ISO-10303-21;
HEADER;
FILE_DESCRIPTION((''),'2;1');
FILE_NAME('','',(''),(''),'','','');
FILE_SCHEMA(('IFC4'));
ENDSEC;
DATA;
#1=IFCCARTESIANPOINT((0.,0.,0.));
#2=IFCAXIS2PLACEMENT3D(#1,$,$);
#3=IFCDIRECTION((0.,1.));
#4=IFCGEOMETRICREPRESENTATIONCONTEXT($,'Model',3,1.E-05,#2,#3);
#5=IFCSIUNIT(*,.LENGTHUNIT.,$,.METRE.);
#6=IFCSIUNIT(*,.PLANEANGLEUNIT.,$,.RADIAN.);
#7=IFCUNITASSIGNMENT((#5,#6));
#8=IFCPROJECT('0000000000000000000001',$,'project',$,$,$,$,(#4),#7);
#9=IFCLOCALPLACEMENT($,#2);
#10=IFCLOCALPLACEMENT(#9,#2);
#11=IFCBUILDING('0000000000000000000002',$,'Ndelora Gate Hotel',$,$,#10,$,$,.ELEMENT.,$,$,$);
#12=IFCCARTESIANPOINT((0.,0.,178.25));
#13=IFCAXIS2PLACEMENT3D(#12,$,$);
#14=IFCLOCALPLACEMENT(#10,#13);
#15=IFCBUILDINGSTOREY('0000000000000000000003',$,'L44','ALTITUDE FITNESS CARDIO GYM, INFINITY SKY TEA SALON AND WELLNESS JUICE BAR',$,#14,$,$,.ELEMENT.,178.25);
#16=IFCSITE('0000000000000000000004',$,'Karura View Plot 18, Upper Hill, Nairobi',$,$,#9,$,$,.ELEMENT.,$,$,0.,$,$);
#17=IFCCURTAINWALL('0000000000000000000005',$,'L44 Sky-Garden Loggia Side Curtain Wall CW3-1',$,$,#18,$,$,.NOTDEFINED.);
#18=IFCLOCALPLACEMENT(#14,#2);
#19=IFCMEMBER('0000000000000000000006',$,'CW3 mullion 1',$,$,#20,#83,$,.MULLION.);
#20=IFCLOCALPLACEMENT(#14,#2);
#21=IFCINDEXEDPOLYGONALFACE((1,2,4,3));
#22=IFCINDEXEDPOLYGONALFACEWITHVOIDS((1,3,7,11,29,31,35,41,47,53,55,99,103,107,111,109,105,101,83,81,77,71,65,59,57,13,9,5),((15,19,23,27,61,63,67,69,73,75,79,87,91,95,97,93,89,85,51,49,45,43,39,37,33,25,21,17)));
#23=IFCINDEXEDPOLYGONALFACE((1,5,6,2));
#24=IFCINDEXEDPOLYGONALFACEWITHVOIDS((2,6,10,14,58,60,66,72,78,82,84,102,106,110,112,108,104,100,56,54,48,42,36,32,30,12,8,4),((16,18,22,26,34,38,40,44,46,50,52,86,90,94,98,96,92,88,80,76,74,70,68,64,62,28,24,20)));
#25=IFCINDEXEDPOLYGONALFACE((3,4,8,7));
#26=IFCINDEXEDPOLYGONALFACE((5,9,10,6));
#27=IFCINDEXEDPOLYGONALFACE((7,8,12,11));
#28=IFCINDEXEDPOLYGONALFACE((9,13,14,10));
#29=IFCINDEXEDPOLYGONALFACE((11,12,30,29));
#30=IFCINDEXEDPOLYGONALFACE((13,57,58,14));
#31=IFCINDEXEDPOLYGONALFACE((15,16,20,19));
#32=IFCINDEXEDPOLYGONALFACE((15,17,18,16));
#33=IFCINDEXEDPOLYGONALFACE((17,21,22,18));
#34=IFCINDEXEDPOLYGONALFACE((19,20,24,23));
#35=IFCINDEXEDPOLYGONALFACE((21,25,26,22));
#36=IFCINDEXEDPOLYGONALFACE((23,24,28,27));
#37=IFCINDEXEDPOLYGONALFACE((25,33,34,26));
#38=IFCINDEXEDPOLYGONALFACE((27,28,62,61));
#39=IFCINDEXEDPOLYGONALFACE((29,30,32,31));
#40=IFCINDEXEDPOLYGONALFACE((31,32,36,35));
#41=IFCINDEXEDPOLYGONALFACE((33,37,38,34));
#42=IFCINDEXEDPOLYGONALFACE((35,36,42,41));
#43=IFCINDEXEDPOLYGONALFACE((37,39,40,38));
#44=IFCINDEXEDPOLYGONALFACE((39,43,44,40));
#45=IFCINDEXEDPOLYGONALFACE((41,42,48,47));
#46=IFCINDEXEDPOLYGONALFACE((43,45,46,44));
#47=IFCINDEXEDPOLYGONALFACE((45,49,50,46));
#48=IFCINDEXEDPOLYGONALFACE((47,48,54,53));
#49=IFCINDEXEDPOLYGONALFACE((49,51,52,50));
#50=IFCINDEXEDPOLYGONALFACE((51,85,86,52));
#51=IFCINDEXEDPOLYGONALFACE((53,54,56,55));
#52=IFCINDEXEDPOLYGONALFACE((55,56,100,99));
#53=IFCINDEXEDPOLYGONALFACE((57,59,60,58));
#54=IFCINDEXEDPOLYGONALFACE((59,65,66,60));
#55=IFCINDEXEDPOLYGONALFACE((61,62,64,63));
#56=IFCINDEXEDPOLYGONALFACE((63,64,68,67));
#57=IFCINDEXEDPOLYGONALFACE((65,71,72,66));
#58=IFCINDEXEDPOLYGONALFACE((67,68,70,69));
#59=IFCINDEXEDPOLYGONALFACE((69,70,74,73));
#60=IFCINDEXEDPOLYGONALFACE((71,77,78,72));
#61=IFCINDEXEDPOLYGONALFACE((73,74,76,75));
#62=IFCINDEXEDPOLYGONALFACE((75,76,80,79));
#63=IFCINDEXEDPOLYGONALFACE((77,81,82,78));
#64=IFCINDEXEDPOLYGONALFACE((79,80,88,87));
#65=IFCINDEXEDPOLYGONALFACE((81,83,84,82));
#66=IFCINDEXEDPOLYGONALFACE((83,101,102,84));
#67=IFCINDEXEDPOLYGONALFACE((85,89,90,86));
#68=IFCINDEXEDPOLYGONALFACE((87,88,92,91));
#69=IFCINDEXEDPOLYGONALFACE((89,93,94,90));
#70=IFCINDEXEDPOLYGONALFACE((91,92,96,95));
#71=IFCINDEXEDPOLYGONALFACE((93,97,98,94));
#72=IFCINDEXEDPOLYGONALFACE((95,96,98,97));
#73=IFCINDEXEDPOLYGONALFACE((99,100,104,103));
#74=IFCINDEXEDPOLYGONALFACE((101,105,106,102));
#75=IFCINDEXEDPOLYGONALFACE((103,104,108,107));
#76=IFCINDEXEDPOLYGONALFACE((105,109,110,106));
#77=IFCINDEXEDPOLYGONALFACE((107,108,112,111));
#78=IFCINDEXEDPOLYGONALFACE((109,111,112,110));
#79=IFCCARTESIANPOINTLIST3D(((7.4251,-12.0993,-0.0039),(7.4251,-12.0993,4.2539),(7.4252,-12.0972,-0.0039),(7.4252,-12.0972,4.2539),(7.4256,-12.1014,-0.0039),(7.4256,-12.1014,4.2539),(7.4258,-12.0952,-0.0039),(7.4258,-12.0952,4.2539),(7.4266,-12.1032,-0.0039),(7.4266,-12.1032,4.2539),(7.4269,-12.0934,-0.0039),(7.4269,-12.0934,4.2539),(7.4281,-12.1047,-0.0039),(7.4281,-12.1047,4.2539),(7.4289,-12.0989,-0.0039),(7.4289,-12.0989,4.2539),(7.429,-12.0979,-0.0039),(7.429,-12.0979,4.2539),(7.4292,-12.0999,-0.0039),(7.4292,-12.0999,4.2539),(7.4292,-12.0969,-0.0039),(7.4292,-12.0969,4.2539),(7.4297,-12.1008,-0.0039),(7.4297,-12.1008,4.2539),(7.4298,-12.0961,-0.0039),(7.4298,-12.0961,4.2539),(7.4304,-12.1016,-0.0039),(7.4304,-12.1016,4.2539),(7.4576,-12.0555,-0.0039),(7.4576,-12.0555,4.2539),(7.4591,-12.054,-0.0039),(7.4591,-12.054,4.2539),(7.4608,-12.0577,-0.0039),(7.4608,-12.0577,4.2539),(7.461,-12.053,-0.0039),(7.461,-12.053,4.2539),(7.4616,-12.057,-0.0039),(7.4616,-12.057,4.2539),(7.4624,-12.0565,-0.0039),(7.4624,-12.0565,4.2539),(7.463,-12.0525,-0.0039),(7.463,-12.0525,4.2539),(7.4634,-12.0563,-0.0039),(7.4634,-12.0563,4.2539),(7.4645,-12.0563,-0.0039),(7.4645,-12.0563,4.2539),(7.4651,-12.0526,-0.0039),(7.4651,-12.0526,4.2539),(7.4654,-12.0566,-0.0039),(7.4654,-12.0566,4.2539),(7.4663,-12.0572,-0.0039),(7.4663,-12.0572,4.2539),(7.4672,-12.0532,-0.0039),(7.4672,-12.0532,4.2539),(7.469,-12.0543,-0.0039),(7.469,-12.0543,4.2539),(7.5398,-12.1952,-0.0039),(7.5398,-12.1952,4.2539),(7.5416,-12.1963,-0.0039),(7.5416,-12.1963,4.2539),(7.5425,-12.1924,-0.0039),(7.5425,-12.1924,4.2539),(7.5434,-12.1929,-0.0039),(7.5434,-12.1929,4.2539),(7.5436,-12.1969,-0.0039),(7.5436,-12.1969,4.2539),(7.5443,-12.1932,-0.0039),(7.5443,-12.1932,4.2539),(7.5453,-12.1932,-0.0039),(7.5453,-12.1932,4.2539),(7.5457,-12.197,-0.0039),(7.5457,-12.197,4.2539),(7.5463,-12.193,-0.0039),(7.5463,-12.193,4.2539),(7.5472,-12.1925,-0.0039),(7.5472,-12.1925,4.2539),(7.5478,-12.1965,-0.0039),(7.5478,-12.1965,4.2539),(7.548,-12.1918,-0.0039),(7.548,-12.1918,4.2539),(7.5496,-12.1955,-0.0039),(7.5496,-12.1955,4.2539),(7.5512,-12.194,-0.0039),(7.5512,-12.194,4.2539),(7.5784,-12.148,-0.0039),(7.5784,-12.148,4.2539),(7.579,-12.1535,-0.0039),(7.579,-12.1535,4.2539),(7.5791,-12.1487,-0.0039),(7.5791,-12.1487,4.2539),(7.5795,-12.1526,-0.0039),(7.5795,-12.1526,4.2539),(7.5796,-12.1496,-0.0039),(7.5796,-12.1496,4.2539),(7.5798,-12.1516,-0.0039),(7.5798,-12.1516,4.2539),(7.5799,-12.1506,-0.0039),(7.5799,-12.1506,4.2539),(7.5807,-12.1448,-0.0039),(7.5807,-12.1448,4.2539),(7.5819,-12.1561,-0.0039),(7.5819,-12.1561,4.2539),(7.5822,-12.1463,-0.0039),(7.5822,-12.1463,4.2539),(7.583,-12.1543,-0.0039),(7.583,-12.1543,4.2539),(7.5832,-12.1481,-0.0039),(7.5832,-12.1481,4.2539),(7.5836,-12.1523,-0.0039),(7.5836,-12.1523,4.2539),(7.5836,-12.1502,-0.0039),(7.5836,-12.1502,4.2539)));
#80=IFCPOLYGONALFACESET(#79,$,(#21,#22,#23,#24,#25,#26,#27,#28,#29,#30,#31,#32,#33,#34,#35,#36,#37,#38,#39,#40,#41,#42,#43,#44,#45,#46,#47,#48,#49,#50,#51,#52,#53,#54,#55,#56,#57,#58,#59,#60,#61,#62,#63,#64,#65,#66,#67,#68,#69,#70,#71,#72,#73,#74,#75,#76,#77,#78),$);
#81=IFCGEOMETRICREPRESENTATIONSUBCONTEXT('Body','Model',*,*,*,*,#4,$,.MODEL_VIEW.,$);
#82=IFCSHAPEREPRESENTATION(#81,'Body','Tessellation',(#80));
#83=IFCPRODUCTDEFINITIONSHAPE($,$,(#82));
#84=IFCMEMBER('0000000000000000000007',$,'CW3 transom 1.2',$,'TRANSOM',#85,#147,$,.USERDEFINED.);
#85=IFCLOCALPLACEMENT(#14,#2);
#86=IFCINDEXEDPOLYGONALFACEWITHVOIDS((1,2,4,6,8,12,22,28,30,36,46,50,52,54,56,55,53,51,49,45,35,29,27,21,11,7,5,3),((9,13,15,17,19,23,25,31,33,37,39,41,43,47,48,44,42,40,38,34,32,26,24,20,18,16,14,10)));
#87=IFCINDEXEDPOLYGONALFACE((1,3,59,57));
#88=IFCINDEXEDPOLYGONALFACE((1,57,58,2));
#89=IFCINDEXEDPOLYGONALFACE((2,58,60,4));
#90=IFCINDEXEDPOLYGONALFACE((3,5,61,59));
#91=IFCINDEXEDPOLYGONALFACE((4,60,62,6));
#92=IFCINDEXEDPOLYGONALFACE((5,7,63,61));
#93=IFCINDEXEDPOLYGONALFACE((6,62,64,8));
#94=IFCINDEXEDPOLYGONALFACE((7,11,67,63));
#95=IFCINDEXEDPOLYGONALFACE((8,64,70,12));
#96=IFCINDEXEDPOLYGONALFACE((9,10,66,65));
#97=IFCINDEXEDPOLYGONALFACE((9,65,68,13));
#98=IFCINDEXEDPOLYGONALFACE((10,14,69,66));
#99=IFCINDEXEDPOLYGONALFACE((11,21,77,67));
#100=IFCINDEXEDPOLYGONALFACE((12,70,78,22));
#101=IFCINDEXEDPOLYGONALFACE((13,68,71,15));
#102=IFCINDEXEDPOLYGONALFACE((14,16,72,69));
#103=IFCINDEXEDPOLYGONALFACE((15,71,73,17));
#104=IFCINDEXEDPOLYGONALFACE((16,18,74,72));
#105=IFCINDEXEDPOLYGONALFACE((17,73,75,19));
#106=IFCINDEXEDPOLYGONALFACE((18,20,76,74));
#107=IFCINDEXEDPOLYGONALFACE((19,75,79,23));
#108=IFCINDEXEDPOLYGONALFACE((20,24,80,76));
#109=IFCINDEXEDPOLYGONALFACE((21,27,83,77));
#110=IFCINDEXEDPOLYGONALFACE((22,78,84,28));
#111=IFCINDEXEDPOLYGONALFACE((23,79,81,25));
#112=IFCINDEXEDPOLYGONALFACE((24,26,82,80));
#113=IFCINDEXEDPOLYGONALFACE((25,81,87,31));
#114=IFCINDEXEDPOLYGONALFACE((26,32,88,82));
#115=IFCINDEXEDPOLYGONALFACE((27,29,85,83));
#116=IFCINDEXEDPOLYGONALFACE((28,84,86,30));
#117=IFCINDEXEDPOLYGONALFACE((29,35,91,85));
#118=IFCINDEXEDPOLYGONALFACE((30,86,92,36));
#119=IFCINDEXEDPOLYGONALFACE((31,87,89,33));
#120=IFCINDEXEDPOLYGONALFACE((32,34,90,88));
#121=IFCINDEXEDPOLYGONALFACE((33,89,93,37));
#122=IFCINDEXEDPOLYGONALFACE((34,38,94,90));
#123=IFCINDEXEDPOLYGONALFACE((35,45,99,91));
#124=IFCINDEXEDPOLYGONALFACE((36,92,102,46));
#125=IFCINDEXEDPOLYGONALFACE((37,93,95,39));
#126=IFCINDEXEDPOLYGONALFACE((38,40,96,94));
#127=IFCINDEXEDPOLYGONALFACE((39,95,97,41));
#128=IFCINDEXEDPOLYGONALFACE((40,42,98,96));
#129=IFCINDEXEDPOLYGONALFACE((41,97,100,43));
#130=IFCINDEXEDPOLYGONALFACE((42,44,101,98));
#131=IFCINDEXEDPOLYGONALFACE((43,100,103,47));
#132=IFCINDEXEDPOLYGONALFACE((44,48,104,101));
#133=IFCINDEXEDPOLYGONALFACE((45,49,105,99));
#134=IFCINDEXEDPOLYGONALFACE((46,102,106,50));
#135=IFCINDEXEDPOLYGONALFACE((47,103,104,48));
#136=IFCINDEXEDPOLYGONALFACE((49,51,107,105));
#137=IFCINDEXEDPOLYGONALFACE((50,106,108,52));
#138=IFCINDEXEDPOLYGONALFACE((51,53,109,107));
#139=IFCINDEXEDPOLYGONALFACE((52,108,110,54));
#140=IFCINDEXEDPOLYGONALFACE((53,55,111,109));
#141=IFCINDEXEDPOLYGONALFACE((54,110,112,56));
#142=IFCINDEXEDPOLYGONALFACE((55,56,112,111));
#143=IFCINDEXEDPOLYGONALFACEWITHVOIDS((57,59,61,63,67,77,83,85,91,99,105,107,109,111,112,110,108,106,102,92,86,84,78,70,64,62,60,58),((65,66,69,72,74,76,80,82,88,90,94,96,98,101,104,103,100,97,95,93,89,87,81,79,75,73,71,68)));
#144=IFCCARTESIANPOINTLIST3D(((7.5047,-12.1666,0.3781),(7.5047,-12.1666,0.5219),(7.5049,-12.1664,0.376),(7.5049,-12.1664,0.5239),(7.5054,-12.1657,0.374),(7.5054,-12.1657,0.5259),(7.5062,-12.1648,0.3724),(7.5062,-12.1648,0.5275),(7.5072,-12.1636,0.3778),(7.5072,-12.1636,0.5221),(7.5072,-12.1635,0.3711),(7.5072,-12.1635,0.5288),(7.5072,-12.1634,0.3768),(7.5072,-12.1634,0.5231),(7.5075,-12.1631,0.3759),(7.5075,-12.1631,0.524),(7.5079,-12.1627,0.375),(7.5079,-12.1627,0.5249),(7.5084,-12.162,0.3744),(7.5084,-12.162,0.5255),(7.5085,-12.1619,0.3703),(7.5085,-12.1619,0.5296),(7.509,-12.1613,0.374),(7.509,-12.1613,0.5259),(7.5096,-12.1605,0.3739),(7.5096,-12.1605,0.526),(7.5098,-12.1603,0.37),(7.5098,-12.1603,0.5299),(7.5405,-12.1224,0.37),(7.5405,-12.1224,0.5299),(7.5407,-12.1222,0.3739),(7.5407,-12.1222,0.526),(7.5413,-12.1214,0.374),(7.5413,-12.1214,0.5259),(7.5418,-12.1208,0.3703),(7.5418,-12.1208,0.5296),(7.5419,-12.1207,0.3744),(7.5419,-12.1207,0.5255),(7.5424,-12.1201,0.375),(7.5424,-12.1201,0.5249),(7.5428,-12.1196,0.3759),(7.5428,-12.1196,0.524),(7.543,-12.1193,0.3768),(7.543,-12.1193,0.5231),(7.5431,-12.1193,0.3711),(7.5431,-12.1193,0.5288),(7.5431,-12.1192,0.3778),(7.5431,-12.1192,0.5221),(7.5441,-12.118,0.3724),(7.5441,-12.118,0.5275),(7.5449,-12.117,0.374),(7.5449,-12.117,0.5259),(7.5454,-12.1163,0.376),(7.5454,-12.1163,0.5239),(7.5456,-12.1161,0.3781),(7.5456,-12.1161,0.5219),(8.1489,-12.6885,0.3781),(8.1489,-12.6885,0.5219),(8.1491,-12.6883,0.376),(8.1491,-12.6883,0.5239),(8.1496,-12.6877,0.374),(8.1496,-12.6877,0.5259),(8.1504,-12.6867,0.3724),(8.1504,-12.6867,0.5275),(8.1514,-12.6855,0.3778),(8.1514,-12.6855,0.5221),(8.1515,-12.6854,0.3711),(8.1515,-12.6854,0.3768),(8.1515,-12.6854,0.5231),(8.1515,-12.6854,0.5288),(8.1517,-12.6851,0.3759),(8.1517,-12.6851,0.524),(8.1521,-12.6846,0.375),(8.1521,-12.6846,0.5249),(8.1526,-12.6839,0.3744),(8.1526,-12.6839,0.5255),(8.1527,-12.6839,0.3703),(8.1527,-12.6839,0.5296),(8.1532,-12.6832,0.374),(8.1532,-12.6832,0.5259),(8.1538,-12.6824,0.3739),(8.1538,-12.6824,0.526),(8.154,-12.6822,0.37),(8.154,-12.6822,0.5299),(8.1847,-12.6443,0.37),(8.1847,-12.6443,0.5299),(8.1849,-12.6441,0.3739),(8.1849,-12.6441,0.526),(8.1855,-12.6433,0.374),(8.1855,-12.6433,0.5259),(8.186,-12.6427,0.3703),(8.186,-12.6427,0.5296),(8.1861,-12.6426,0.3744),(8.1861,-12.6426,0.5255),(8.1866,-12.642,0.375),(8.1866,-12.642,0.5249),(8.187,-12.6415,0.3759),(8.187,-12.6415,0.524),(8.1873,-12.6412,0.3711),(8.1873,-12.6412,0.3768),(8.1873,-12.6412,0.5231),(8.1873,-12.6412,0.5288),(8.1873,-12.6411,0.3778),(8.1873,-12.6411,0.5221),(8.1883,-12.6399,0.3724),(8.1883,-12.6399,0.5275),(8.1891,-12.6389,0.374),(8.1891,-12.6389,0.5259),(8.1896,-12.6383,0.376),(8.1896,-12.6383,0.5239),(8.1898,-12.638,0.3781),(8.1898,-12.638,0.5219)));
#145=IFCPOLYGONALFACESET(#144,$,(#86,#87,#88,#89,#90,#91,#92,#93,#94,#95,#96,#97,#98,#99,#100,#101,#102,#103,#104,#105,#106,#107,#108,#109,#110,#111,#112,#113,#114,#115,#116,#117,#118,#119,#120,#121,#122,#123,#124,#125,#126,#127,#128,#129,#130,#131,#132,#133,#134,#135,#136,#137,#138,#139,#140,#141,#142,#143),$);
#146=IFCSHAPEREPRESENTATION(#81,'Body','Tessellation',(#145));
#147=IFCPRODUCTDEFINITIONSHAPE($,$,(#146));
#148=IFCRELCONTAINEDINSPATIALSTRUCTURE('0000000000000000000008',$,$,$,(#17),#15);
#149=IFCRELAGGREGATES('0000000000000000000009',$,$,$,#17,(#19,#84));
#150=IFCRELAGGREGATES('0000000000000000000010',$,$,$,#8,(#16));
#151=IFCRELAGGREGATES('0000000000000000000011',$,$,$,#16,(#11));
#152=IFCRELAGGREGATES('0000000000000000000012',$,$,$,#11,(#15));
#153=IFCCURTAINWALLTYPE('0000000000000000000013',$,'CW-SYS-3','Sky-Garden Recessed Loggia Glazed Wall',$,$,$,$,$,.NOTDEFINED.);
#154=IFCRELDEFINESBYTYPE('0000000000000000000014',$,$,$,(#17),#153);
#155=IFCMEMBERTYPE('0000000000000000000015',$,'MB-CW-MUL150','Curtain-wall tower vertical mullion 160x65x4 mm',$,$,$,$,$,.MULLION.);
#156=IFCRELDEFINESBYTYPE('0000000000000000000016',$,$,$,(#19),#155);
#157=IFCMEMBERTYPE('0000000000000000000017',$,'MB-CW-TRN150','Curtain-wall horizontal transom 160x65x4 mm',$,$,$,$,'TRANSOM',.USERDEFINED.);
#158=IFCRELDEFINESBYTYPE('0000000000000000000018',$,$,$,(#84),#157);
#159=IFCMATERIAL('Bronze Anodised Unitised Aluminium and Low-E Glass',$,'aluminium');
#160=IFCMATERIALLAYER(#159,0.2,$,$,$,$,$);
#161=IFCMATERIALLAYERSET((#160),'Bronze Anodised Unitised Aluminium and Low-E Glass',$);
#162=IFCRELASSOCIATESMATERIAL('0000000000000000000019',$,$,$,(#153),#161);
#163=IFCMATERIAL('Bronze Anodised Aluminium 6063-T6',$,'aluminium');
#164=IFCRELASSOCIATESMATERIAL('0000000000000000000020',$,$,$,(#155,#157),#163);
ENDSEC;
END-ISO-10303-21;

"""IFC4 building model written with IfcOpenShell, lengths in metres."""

from ifc_helpers import new_model, si_unit, direction, frame, origin, origin_2d, place, context, subcontext, project, spatial, hollow_rectangle, extrude, material, layer, layer_set, material_profile, profile_set, type_object, element, aggregate, save


model = new_model("IFC4")

# Units and contexts
model_context = context("Model", 3, precision=1e-05, world=origin(), true_north=direction((0.0, 1.0)))
body_context = subcontext(model_context, "Body", "Model", "MODEL_VIEW")
ifc_project = project(units=[si_unit("LENGTHUNIT", "METRE"), si_unit("PLANEANGLEUNIT", "RADIAN")], contexts=[model_context])

# Site, building, storey
site_placement = place(None, origin())
site = spatial("IfcSite", under=ifc_project, at=site_placement, Name="Karura View Plot 18, Upper Hill, Nairobi", CompositionType="ELEMENT", RefElevation=0.0)
building_placement = place(site_placement, origin())
building = spatial("IfcBuilding", under=site, at=building_placement, Name="Ndelora Gate Hotel", CompositionType="ELEMENT")
storey_placement = place(building_placement, frame((0.0, 0.0, 178.25)))
storey = spatial("IfcBuildingStorey", under=building, at=storey_placement, Name="L44", Description="ALTITUDE FITNESS CARDIO GYM, INFINITY SKY TEA SALON AND WELLNESS JUICE BAR", CompositionType="ELEMENT", Elevation=178.25)

# Curtain wall, members
ifc_material_1 = material(Name="Bronze Anodised Unitised Aluminium and Low-E Glass", Category="aluminium")
ifc_layer_1 = layer(ifc_material_1, 0.2)
ifc_layer_set_1 = layer_set([ifc_layer_1], Name="Bronze Anodised Unitised Aluminium and Low-E Glass")
curtain_wall_type = type_object("IfcCurtainWallType", Name="CW-SYS-3", Description="Sky-Garden Recessed Loggia Glazed Wall", PredefinedType="NOTDEFINED", material=ifc_layer_set_1)
curtain_wall_placement = place(storey_placement, origin())
curtain_wall = element("IfcCurtainWall", 1, at=curtain_wall_placement, inside=storey, type_object=curtain_wall_type, Name="L44 Sky-Garden Loggia Side Curtain Wall CW3-1", PredefinedType="NOTDEFINED")
ifc_material_2 = material(Name="Bronze Anodised Aluminium 6063-T6", Category="aluminium")
ifc_material_profile_1 = material_profile(ifc_material_2, hollow_rectangle(XDim=0.0649, YDim=0.1599, WallThickness=0.0039, InnerFilletRadius=0.0039, OuterFilletRadius=0.0081, at=origin_2d()), Name="ALU 160x65x4")
ifc_profile_set_1 = profile_set([ifc_material_profile_1], Name="Bronze Anodised Aluminium 6063-T6")
member_type_1 = type_object("IfcMemberType", Name="MB-CW-MUL150", Description="Curtain-wall tower vertical mullion 160x65x4 mm", PredefinedType="MULLION", material=ifc_profile_set_1)
member_1_placement = place(storey_placement, frame((7.5044, -12.1248, -0.0039), z_axis=(0.0, 0.0, 1.0), x_axis=(0.629332, 0.777137, 0.0)))
member_1 = element("IfcMember", 2, at=member_1_placement, type_object=member_type_1, Name="CW3 mullion 1", PredefinedType="MULLION", context=body_context, shape_type="SweptSolid", body=[
    extrude(hollow_rectangle(XDim=0.0649, YDim=0.1599, WallThickness=0.0039, InnerFilletRadius=0.0039, OuterFilletRadius=0.0081, at=origin_2d()), origin(), (0.0, 0.0, 1.0), 4.2578),
])
ifc_material_profile_2 = material_profile(ifc_material_2, hollow_rectangle(XDim=0.0649, YDim=0.1599, WallThickness=0.0039, InnerFilletRadius=0.0039, OuterFilletRadius=0.0081, at=origin_2d()), Name="ALU 160x65x4")
ifc_profile_set_2 = profile_set([ifc_material_profile_2], Name="Bronze Anodised Aluminium 6063-T6")
member_type_2 = type_object("IfcMemberType", Name="MB-CW-TRN150", Description="Curtain-wall horizontal transom 160x65x4 mm", ElementType="TRANSOM", PredefinedType="USERDEFINED", material=ifc_profile_set_2)
member_2_placement = place(storey_placement, frame((7.5251, -12.1414, 0.45), z_axis=(0.777005, -0.629495, 0.0), x_axis=(0.629495, 0.777005, 0.0)))
member_2 = element("IfcMember", 3, at=member_2_placement, type_object=member_type_2, Name="CW3 transom 1.2", ObjectType="TRANSOM", PredefinedType="USERDEFINED", context=body_context, shape_type="SweptSolid", body=[
    extrude(hollow_rectangle(XDim=0.0649, YDim=0.1599, WallThickness=0.0039, InnerFilletRadius=0.0039, OuterFilletRadius=0.0081, at=origin_2d()), origin(), (0.0, 0.0, 1.0), 0.8291),
])
aggregate(curtain_wall, [member_1, member_2])

save(model, "model.ifc")
